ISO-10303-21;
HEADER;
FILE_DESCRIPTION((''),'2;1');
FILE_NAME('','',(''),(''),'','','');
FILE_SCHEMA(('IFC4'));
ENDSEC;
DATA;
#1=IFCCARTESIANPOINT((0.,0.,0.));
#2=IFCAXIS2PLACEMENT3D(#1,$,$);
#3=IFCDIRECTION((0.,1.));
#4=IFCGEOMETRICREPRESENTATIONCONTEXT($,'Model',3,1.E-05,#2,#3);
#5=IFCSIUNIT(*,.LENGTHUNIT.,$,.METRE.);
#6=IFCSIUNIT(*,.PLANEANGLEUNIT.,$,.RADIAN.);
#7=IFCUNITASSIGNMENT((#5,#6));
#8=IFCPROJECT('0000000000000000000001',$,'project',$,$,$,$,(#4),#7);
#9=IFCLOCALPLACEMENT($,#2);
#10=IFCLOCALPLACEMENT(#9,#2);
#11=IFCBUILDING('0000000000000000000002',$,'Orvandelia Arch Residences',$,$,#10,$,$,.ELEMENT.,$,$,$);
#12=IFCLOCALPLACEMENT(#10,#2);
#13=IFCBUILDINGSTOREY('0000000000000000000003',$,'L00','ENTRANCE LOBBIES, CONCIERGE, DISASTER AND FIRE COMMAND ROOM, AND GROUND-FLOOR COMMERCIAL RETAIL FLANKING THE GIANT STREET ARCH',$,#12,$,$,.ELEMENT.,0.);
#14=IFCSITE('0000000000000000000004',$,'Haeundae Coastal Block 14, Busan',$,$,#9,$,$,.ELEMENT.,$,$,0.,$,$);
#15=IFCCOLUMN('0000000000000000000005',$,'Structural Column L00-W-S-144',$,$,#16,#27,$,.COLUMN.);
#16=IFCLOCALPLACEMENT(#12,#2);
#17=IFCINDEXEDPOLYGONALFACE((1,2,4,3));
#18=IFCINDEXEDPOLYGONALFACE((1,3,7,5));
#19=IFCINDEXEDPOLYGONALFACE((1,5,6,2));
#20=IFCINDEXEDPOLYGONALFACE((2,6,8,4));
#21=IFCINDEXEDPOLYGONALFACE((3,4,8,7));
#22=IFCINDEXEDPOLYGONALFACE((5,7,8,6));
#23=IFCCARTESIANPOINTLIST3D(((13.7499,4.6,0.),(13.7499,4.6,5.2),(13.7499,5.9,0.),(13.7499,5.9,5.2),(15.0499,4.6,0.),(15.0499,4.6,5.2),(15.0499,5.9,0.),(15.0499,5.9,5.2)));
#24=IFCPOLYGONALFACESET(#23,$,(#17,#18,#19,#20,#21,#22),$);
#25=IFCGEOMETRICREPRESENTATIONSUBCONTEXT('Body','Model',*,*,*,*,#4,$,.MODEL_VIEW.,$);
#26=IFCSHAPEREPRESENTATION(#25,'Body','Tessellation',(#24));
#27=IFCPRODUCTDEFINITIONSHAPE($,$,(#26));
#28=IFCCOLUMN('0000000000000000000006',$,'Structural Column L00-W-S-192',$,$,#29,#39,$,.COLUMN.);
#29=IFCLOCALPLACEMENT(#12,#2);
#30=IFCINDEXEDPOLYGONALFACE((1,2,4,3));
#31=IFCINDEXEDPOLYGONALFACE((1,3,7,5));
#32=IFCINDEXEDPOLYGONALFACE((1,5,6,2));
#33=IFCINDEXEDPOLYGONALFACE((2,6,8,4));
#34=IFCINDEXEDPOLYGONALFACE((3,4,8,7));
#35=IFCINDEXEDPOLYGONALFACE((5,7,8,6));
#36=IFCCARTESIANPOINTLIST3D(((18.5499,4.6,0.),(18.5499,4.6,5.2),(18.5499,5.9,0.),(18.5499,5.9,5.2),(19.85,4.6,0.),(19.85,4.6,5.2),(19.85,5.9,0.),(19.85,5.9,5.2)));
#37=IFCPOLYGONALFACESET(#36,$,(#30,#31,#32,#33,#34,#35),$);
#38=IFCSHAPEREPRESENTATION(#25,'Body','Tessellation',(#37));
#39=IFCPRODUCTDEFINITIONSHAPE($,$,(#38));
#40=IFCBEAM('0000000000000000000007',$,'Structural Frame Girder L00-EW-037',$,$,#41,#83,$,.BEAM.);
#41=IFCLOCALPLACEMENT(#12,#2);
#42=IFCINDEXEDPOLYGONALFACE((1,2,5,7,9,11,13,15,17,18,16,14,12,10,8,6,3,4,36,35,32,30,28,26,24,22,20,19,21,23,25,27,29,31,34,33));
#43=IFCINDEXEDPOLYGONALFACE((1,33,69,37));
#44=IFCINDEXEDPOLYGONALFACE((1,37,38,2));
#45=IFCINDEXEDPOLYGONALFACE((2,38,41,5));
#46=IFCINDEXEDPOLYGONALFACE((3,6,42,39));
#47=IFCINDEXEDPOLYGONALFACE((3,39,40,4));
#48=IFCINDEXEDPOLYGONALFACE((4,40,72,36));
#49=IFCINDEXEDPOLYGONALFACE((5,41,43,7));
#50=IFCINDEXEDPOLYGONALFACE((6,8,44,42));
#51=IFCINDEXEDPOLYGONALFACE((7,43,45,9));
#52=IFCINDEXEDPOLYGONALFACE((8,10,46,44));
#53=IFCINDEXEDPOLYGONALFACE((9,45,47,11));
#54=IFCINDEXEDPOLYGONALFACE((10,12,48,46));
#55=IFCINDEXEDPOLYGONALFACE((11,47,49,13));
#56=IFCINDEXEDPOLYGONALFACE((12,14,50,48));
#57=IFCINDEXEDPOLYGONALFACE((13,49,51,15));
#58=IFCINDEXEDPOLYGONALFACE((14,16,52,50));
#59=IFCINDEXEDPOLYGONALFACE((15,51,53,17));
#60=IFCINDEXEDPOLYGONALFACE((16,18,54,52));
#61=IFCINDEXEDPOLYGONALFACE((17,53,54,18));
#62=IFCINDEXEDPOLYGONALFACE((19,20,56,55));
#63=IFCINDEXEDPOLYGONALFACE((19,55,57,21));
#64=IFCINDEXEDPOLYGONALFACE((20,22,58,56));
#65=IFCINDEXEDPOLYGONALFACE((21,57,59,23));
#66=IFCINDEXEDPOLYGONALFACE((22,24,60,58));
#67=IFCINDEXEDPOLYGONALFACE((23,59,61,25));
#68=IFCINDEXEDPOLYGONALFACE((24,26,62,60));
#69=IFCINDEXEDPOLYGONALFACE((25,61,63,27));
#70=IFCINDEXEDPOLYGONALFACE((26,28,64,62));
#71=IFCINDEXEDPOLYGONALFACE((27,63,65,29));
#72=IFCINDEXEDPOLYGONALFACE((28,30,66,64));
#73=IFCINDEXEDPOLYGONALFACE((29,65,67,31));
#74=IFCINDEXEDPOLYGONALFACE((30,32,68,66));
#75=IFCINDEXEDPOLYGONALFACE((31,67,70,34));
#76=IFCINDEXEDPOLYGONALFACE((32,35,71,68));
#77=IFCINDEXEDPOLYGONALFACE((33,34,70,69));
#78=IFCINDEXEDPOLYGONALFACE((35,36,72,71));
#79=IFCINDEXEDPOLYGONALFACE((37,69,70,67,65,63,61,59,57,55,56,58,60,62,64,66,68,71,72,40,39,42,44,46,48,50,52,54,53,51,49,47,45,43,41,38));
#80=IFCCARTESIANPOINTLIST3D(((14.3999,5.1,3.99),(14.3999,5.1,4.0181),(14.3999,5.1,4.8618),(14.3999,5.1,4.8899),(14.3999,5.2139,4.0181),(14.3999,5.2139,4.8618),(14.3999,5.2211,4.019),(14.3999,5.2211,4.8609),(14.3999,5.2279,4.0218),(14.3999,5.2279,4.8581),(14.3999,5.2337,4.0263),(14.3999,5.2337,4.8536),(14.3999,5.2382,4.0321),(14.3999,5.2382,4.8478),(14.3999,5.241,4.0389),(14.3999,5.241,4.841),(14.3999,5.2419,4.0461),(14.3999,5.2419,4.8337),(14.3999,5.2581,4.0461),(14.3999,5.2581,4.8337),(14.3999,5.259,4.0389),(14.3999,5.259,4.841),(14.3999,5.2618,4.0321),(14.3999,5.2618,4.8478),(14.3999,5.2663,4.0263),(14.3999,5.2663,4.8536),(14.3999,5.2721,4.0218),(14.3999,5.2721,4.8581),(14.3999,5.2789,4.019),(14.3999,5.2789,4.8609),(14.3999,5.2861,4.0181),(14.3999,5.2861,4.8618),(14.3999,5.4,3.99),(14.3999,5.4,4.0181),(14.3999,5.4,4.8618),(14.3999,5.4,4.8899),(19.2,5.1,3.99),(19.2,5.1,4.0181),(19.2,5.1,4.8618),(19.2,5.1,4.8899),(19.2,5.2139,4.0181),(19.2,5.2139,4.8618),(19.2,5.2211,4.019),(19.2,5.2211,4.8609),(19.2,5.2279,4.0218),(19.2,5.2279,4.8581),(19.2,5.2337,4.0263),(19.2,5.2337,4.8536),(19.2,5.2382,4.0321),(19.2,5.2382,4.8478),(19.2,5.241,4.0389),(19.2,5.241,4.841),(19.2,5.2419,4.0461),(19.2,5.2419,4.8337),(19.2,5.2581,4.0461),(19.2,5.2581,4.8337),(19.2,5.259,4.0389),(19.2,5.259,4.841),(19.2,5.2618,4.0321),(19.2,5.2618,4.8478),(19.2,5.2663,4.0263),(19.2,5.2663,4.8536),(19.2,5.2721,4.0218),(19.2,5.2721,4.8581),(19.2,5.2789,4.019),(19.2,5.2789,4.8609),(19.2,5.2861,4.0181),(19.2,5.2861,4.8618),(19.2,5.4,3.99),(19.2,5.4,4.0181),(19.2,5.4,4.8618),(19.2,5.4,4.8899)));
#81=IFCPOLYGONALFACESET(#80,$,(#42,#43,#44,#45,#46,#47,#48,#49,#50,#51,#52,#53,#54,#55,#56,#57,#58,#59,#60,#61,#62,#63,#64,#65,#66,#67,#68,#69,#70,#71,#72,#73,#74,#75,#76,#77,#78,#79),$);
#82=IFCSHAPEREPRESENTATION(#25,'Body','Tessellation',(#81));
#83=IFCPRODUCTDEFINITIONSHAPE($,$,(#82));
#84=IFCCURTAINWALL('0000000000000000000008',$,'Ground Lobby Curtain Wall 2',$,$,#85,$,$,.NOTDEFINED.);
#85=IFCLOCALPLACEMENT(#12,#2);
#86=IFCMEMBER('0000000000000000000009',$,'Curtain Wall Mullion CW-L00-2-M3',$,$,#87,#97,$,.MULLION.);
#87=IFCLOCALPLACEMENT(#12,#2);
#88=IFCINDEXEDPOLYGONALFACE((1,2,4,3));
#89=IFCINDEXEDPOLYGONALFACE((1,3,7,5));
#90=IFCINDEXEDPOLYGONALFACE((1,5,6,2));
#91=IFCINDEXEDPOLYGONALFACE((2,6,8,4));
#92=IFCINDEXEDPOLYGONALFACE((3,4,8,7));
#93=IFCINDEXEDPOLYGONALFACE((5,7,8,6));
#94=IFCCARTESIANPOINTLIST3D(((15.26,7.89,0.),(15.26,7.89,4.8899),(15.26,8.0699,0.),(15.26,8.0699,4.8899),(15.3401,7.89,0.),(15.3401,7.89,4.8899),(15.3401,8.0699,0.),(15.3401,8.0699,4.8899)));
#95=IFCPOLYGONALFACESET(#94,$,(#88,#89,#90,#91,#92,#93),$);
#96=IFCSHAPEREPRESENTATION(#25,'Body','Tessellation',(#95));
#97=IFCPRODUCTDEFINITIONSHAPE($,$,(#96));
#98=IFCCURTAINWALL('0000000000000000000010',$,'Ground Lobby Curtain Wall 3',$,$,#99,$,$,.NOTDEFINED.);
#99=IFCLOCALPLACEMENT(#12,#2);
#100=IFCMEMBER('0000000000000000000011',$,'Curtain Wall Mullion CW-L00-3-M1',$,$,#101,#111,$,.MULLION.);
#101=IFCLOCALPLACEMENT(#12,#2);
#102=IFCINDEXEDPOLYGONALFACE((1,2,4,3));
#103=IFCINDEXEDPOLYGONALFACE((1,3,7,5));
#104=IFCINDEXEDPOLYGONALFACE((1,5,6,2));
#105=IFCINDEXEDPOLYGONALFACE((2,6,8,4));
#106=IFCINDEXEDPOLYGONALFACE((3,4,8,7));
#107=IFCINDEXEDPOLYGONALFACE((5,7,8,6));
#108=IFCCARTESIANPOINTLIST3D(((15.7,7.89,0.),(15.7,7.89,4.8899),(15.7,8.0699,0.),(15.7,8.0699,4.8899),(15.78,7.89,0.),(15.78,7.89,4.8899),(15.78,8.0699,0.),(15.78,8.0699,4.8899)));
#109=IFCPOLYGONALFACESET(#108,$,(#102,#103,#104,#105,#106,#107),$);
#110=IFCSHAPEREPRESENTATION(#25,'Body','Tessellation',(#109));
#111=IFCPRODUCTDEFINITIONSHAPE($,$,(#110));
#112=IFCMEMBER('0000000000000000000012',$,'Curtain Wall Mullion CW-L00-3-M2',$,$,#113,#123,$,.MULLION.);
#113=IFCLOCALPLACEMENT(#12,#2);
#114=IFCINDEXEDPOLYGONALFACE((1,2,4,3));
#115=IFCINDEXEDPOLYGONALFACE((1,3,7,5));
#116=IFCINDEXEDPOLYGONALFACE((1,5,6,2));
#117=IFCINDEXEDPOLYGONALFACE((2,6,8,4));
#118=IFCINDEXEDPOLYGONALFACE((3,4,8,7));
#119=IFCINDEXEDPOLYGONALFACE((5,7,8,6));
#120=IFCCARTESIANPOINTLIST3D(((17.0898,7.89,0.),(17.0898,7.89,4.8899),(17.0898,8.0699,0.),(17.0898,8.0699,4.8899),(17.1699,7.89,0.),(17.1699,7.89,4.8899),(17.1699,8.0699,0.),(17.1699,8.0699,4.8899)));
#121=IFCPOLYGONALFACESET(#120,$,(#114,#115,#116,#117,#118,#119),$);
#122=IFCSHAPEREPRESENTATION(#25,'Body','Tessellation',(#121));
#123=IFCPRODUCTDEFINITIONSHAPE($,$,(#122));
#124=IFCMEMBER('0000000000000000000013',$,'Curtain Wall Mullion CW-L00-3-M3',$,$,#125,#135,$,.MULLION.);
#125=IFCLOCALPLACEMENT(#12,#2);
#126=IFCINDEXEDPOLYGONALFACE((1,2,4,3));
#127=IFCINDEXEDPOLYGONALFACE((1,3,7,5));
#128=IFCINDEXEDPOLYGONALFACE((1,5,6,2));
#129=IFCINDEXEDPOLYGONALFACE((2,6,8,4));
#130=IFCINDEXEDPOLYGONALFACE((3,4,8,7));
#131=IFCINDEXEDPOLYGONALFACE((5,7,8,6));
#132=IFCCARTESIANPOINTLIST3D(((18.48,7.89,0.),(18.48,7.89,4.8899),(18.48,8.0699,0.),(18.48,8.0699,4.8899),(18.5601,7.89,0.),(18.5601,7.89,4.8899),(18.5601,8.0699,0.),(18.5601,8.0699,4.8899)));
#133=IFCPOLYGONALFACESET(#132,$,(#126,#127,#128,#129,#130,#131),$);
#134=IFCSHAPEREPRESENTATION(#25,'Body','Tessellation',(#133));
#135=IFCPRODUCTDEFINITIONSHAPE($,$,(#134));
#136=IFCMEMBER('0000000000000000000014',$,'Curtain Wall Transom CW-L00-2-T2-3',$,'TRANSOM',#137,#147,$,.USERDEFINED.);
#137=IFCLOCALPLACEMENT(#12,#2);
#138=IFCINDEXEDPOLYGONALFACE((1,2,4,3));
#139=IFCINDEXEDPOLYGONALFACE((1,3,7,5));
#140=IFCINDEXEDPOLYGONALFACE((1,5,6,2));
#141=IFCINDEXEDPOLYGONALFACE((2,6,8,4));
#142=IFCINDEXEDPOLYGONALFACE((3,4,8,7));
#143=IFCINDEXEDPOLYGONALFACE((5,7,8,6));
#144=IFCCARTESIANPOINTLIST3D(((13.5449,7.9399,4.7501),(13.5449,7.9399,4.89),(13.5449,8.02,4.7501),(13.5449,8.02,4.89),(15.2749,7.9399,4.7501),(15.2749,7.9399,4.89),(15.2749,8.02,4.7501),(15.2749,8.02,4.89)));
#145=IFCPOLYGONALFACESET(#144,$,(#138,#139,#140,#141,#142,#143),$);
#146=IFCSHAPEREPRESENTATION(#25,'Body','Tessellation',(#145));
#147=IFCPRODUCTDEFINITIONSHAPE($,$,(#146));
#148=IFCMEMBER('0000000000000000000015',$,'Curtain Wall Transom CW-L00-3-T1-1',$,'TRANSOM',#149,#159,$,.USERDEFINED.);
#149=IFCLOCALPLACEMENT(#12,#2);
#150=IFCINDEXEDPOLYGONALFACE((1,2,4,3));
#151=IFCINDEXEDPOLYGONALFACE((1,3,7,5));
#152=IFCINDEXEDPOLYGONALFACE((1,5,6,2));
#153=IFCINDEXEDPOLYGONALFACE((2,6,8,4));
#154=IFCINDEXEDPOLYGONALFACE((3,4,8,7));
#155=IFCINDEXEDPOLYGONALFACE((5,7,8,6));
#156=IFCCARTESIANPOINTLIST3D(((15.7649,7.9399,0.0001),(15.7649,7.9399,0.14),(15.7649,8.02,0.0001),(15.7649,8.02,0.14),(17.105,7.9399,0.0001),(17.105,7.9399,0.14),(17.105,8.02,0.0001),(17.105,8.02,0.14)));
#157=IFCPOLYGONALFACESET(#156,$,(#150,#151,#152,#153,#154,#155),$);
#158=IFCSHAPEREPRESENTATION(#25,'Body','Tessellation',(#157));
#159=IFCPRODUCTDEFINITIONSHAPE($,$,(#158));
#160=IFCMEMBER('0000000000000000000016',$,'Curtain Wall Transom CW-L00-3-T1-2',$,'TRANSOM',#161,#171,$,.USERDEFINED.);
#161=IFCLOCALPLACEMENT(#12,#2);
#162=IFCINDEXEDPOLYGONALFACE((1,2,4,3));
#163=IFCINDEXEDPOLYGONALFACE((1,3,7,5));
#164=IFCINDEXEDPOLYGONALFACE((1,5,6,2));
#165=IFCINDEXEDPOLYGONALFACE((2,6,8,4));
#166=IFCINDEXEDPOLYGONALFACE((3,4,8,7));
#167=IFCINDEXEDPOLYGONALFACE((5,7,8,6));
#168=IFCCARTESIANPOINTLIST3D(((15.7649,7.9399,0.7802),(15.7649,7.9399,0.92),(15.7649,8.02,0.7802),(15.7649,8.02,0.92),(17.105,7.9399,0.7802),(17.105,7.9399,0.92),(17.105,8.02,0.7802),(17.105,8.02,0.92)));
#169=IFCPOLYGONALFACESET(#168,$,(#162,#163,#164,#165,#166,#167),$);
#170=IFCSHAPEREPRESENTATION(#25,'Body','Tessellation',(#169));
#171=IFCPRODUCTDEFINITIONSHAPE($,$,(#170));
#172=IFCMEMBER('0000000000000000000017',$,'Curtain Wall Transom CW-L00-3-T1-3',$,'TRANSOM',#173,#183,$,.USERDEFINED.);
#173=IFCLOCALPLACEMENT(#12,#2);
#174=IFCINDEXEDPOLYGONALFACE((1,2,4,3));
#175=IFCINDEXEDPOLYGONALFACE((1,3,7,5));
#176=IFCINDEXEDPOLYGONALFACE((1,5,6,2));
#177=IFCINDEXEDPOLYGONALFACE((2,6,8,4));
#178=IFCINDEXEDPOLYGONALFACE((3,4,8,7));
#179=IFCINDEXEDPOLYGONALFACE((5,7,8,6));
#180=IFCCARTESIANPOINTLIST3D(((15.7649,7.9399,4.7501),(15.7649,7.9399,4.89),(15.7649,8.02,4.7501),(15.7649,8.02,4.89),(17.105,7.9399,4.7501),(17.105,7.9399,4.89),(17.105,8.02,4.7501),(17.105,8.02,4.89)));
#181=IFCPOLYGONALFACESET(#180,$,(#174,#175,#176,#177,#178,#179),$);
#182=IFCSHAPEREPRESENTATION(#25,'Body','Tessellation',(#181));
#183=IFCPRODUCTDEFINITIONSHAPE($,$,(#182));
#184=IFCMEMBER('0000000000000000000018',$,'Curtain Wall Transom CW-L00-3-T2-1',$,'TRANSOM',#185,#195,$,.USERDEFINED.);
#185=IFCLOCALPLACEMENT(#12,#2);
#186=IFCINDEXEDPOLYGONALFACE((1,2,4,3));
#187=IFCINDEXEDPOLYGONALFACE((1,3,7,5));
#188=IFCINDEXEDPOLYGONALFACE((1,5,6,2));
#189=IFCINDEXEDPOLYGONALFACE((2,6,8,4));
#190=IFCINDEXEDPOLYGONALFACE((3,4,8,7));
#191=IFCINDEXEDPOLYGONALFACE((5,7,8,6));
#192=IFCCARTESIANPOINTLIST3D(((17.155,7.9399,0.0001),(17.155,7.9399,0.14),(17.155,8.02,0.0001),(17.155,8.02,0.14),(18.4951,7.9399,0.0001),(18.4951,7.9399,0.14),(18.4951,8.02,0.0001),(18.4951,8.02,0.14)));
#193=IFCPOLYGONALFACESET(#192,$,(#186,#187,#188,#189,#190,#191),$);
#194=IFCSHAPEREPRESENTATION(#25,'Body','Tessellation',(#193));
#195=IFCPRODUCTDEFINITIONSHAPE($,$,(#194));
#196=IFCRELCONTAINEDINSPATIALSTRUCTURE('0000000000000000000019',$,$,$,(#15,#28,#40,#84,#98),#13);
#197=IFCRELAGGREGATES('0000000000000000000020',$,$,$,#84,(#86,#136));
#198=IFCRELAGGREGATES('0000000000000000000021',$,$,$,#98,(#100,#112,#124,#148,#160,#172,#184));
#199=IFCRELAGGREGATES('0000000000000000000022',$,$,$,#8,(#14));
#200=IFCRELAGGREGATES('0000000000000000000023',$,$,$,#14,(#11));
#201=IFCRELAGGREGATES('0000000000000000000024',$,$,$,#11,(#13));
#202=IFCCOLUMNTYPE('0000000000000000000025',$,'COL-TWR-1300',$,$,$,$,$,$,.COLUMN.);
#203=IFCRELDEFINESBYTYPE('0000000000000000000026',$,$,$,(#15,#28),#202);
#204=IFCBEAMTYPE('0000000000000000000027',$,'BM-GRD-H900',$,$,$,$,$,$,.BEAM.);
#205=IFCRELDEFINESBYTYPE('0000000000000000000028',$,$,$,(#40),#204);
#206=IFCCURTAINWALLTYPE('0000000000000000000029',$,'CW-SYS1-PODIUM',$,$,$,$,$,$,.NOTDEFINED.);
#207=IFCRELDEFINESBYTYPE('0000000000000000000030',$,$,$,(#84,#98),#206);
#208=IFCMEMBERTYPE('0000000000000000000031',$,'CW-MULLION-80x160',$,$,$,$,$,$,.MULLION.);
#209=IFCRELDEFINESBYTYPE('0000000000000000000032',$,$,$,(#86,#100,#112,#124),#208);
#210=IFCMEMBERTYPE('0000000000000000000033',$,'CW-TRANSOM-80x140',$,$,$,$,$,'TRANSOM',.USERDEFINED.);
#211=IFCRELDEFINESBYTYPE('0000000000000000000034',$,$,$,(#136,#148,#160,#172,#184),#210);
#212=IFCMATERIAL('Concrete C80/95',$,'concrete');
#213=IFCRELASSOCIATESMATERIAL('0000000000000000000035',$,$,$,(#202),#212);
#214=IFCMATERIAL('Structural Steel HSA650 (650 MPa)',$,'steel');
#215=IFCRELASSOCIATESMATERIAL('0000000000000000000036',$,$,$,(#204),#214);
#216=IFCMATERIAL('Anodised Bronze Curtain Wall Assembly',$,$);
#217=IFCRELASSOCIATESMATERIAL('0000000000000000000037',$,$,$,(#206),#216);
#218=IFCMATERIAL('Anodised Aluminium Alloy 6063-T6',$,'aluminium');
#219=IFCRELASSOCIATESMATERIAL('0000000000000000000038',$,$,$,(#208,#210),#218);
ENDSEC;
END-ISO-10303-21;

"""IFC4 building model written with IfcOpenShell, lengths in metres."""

from ifc_helpers import new_model, si_unit, direction, frame, origin, origin_2d, place, context, subcontext, project, spatial, rectangle, i_section, extrude, material, material_profile, profile_set, type_object, element, aggregate, save


model = new_model("IFC4")

# Units and contexts
model_context = context("Model", 3, precision=1e-05, world=origin(), true_north=direction((0.0, 1.0)))
body_context = subcontext(model_context, "Body", "Model", "MODEL_VIEW")
ifc_project = project(units=[si_unit("LENGTHUNIT", "METRE"), si_unit("PLANEANGLEUNIT", "RADIAN")], contexts=[model_context])

# Site, building, storey
site_placement = place(None, origin())
site = spatial("IfcSite", under=ifc_project, at=site_placement, Name="Haeundae Coastal Block 14, Busan", CompositionType="ELEMENT", RefElevation=0.0)
building_placement = place(site_placement, origin())
building = spatial("IfcBuilding", under=site, at=building_placement, Name="Orvandelia Arch Residences", CompositionType="ELEMENT")
storey_placement = place(building_placement, origin())
storey = spatial("IfcBuildingStorey", under=building, at=storey_placement, Name="L00", Description="ENTRANCE LOBBIES, CONCIERGE, DISASTER AND FIRE COMMAND ROOM, AND GROUND-FLOOR COMMERCIAL RETAIL FLANKING THE GIANT STREET ARCH", CompositionType="ELEMENT", Elevation=0.0)

# Columns
ifc_material_1 = material(Name="Concrete C80/95", Category="concrete")
ifc_material_profile_1 = material_profile(ifc_material_1, rectangle(XDim=1.3, YDim=1.3, at=origin_2d()), Name="Concrete C80/95", Category="concrete")
ifc_profile_set_1 = profile_set([ifc_material_profile_1], Name="Concrete C80/95")
column_type = type_object("IfcColumnType", Name="COL-TWR-1300", PredefinedType="COLUMN", material=ifc_profile_set_1)
for number, where, z_axis, x_axis, name in (
    (1, (14.3999, 5.25, 0.0), (0.0, 0.0, 1.0), (1.0, 0.0, 0.0), "Structural Column L00-W-S-144"),
    (2, (19.2, 5.25, 0.0), (0.0, 0.0, 1.0), (1.0, 0.0, 0.0), "Structural Column L00-W-S-192"),
):
    element("IfcColumn", number, at=place(storey_placement, frame(where, z_axis=z_axis, x_axis=x_axis)), inside=storey, type_object=column_type, Name=name, PredefinedType="COLUMN", context=body_context, shape_type="SweptSolid", body=[
        extrude(rectangle(XDim=1.3, YDim=1.3, at=origin_2d()), origin(), (0.0, 0.0, 1.0), 5.2),
    ])

# Beam
ifc_material_2 = material(Name="Structural Steel HSA650 (650 MPa)", Category="steel")
ifc_material_profile_2 = material_profile(ifc_material_2, i_section(OverallWidth=0.3, OverallDepth=0.8999, WebThickness=0.0161, FlangeThickness=0.0281, FilletRadius=0.0281, at=origin_2d()), Name="Structural Steel HSA650 (650 MPa)", Category="steel")
ifc_profile_set_2 = profile_set([ifc_material_profile_2], Name="Structural Steel HSA650 (650 MPa)")
beam_type = type_object("IfcBeamType", Name="BM-GRD-H900", PredefinedType="BEAM", material=ifc_profile_set_2)
beam_placement = place(storey_placement, frame((14.3999, 5.25, 4.4399), z_axis=(1.0, 0.0, 0.0), x_axis=(0.0, 1.0, 0.0)))
element("IfcBeam", 3, at=beam_placement, inside=storey, type_object=beam_type, Name="Structural Frame Girder L00-EW-037", PredefinedType="BEAM", context=body_context, shape_type="SweptSolid", body=[
    extrude(i_section(OverallWidth=0.3, OverallDepth=0.8999, WebThickness=0.0161, FlangeThickness=0.0281, FilletRadius=0.0281, at=origin_2d()), origin(), (0.0, 0.0, 1.0), 4.8),
])

# Curtain wall, member
ifc_material_3 = material(Name="Anodised Bronze Curtain Wall Assembly")
curtain_wall_type = type_object("IfcCurtainWallType", Name="CW-SYS1-PODIUM", PredefinedType="NOTDEFINED", material=ifc_material_3)
curtain_wall_1_placement = place(storey_placement, origin())
curtain_wall_1 = element("IfcCurtainWall", 4, at=curtain_wall_1_placement, inside=storey, type_object=curtain_wall_type, Name="Ground Lobby Curtain Wall 2", PredefinedType="NOTDEFINED")
ifc_material_4 = material(Name="Anodised Aluminium Alloy 6063-T6", Category="aluminium")
ifc_material_profile_3 = material_profile(ifc_material_4, rectangle(XDim=0.0801, YDim=0.1799, at=origin_2d()), Name="Anodised Aluminium Alloy 6063-T6", Category="aluminium")
ifc_profile_set_3 = profile_set([ifc_material_profile_3], Name="Anodised Aluminium Alloy 6063-T6")
member_type_1 = type_object("IfcMemberType", Name="CW-MULLION-80x160", PredefinedType="MULLION", material=ifc_profile_set_3)
member_1_placement = place(storey_placement, frame((15.3, 7.98, 0.0), z_axis=(0.0, 0.0, 1.0), x_axis=(1.0, 0.0, 0.0)))
member_1 = element("IfcMember", 5, at=member_1_placement, type_object=member_type_1, Name="Curtain Wall Mullion CW-L00-2-M3", PredefinedType="MULLION", context=body_context, shape_type="SweptSolid", body=[
    extrude(rectangle(XDim=0.0801, YDim=0.1799, at=origin_2d()), origin(), (0.0, 0.0, 1.0), 4.8899),
])

# Curtain wall, members
curtain_wall_2_placement = place(storey_placement, origin())
curtain_wall_2 = element("IfcCurtainWall", 6, at=curtain_wall_2_placement, inside=storey, type_object=curtain_wall_type, Name="Ground Lobby Curtain Wall 3", PredefinedType="NOTDEFINED")
member_2_placement = place(storey_placement, frame((15.74, 7.98, 0.0), z_axis=(0.0, 0.0, 1.0), x_axis=(1.0, 0.0, 0.0)))
member_2 = element("IfcMember", 7, at=member_2_placement, type_object=member_type_1, Name="Curtain Wall Mullion CW-L00-3-M1", PredefinedType="MULLION", context=body_context, shape_type="SweptSolid", body=[
    extrude(rectangle(XDim=0.0801, YDim=0.1799, at=origin_2d()), origin(), (0.0, 0.0, 1.0), 4.8899),
])
member_3_placement = place(storey_placement, frame((17.1299, 7.98, 0.0), z_axis=(0.0, 0.0, 1.0), x_axis=(1.0, 0.0, 0.0)))
member_3 = element("IfcMember", 8, at=member_3_placement, type_object=member_type_1, Name="Curtain Wall Mullion CW-L00-3-M2", PredefinedType="MULLION", context=body_context, shape_type="SweptSolid", body=[
    extrude(rectangle(XDim=0.0801, YDim=0.1799, at=origin_2d()), origin(), (0.0, 0.0, 1.0), 4.8899),
])
member_4_placement = place(storey_placement, frame((18.52, 7.98, 0.0), z_axis=(0.0, 0.0, 1.0), x_axis=(1.0, 0.0, 0.0)))
member_4 = element("IfcMember", 9, at=member_4_placement, type_object=member_type_1, Name="Curtain Wall Mullion CW-L00-3-M3", PredefinedType="MULLION", context=body_context, shape_type="SweptSolid", body=[
    extrude(rectangle(XDim=0.0801, YDim=0.1799, at=origin_2d()), origin(), (0.0, 0.0, 1.0), 4.8899),
])

# Members
ifc_material_profile_4 = material_profile(ifc_material_4, rectangle(XDim=0.0801, YDim=0.1399, at=origin_2d()), Name="Anodised Aluminium Alloy 6063-T6", Category="aluminium")
ifc_profile_set_4 = profile_set([ifc_material_profile_4], Name="Anodised Aluminium Alloy 6063-T6")
member_type_2 = type_object("IfcMemberType", Name="CW-TRANSOM-80x140", ElementType="TRANSOM", PredefinedType="USERDEFINED", material=ifc_profile_set_4)
member_5_placement = place(storey_placement, frame((13.5449, 7.98, 4.8201), z_axis=(1.0, 0.0, 0.0), x_axis=(0.0, 1.0, 0.0)))
member_5 = element("IfcMember", 10, at=member_5_placement, type_object=member_type_2, Name="Curtain Wall Transom CW-L00-2-T2-3", ObjectType="TRANSOM", PredefinedType="USERDEFINED", context=body_context, shape_type="SweptSolid", body=[
    extrude(rectangle(XDim=0.0801, YDim=0.1399, at=origin_2d()), origin(), (0.0, 0.0, 1.0), 1.73),
])
member_6_placement = place(storey_placement, frame((15.7649, 7.98, 0.0701), z_axis=(1.0, 0.0, 0.0), x_axis=(0.0, 1.0, 0.0)))
member_6 = element("IfcMember", 11, at=member_6_placement, type_object=member_type_2, Name="Curtain Wall Transom CW-L00-3-T1-1", ObjectType="TRANSOM", PredefinedType="USERDEFINED", context=body_context, shape_type="SweptSolid", body=[
    extrude(rectangle(XDim=0.0801, YDim=0.1399, at=origin_2d()), origin(), (0.0, 0.0, 1.0), 1.3401),
])
member_7_placement = place(storey_placement, frame((15.7649, 7.98, 0.8501), z_axis=(1.0, 0.0, 0.0), x_axis=(0.0, 1.0, 0.0)))
member_7 = element("IfcMember", 12, at=member_7_placement, type_object=member_type_2, Name="Curtain Wall Transom CW-L00-3-T1-2", ObjectType="TRANSOM", PredefinedType="USERDEFINED", context=body_context, shape_type="SweptSolid", body=[
    extrude(rectangle(XDim=0.0801, YDim=0.1399, at=origin_2d()), origin(), (0.0, 0.0, 1.0), 1.3401),
])
member_8_placement = place(storey_placement, frame((15.7649, 7.98, 4.8201), z_axis=(1.0, 0.0, 0.0), x_axis=(0.0, 1.0, 0.0)))
member_8 = element("IfcMember", 13, at=member_8_placement, type_object=member_type_2, Name="Curtain Wall Transom CW-L00-3-T1-3", ObjectType="TRANSOM", PredefinedType="USERDEFINED", context=body_context, shape_type="SweptSolid", body=[
    extrude(rectangle(XDim=0.0801, YDim=0.1399, at=origin_2d()), origin(), (0.0, 0.0, 1.0), 1.3401),
])
member_9_placement = place(storey_placement, frame((17.155, 7.98, 0.0701), z_axis=(1.0, 0.0, 0.0), x_axis=(0.0, 1.0, 0.0)))
member_9 = element("IfcMember", 14, at=member_9_placement, type_object=member_type_2, Name="Curtain Wall Transom CW-L00-3-T2-1", ObjectType="TRANSOM", PredefinedType="USERDEFINED", context=body_context, shape_type="SweptSolid", body=[
    extrude(rectangle(XDim=0.0801, YDim=0.1399, at=origin_2d()), origin(), (0.0, 0.0, 1.0), 1.3401),
])

aggregate(curtain_wall_1, [member_1, member_5])
aggregate(curtain_wall_2, [member_2, member_3, member_4, member_6, member_7, member_8, member_9])

save(model, "model.ifc")
